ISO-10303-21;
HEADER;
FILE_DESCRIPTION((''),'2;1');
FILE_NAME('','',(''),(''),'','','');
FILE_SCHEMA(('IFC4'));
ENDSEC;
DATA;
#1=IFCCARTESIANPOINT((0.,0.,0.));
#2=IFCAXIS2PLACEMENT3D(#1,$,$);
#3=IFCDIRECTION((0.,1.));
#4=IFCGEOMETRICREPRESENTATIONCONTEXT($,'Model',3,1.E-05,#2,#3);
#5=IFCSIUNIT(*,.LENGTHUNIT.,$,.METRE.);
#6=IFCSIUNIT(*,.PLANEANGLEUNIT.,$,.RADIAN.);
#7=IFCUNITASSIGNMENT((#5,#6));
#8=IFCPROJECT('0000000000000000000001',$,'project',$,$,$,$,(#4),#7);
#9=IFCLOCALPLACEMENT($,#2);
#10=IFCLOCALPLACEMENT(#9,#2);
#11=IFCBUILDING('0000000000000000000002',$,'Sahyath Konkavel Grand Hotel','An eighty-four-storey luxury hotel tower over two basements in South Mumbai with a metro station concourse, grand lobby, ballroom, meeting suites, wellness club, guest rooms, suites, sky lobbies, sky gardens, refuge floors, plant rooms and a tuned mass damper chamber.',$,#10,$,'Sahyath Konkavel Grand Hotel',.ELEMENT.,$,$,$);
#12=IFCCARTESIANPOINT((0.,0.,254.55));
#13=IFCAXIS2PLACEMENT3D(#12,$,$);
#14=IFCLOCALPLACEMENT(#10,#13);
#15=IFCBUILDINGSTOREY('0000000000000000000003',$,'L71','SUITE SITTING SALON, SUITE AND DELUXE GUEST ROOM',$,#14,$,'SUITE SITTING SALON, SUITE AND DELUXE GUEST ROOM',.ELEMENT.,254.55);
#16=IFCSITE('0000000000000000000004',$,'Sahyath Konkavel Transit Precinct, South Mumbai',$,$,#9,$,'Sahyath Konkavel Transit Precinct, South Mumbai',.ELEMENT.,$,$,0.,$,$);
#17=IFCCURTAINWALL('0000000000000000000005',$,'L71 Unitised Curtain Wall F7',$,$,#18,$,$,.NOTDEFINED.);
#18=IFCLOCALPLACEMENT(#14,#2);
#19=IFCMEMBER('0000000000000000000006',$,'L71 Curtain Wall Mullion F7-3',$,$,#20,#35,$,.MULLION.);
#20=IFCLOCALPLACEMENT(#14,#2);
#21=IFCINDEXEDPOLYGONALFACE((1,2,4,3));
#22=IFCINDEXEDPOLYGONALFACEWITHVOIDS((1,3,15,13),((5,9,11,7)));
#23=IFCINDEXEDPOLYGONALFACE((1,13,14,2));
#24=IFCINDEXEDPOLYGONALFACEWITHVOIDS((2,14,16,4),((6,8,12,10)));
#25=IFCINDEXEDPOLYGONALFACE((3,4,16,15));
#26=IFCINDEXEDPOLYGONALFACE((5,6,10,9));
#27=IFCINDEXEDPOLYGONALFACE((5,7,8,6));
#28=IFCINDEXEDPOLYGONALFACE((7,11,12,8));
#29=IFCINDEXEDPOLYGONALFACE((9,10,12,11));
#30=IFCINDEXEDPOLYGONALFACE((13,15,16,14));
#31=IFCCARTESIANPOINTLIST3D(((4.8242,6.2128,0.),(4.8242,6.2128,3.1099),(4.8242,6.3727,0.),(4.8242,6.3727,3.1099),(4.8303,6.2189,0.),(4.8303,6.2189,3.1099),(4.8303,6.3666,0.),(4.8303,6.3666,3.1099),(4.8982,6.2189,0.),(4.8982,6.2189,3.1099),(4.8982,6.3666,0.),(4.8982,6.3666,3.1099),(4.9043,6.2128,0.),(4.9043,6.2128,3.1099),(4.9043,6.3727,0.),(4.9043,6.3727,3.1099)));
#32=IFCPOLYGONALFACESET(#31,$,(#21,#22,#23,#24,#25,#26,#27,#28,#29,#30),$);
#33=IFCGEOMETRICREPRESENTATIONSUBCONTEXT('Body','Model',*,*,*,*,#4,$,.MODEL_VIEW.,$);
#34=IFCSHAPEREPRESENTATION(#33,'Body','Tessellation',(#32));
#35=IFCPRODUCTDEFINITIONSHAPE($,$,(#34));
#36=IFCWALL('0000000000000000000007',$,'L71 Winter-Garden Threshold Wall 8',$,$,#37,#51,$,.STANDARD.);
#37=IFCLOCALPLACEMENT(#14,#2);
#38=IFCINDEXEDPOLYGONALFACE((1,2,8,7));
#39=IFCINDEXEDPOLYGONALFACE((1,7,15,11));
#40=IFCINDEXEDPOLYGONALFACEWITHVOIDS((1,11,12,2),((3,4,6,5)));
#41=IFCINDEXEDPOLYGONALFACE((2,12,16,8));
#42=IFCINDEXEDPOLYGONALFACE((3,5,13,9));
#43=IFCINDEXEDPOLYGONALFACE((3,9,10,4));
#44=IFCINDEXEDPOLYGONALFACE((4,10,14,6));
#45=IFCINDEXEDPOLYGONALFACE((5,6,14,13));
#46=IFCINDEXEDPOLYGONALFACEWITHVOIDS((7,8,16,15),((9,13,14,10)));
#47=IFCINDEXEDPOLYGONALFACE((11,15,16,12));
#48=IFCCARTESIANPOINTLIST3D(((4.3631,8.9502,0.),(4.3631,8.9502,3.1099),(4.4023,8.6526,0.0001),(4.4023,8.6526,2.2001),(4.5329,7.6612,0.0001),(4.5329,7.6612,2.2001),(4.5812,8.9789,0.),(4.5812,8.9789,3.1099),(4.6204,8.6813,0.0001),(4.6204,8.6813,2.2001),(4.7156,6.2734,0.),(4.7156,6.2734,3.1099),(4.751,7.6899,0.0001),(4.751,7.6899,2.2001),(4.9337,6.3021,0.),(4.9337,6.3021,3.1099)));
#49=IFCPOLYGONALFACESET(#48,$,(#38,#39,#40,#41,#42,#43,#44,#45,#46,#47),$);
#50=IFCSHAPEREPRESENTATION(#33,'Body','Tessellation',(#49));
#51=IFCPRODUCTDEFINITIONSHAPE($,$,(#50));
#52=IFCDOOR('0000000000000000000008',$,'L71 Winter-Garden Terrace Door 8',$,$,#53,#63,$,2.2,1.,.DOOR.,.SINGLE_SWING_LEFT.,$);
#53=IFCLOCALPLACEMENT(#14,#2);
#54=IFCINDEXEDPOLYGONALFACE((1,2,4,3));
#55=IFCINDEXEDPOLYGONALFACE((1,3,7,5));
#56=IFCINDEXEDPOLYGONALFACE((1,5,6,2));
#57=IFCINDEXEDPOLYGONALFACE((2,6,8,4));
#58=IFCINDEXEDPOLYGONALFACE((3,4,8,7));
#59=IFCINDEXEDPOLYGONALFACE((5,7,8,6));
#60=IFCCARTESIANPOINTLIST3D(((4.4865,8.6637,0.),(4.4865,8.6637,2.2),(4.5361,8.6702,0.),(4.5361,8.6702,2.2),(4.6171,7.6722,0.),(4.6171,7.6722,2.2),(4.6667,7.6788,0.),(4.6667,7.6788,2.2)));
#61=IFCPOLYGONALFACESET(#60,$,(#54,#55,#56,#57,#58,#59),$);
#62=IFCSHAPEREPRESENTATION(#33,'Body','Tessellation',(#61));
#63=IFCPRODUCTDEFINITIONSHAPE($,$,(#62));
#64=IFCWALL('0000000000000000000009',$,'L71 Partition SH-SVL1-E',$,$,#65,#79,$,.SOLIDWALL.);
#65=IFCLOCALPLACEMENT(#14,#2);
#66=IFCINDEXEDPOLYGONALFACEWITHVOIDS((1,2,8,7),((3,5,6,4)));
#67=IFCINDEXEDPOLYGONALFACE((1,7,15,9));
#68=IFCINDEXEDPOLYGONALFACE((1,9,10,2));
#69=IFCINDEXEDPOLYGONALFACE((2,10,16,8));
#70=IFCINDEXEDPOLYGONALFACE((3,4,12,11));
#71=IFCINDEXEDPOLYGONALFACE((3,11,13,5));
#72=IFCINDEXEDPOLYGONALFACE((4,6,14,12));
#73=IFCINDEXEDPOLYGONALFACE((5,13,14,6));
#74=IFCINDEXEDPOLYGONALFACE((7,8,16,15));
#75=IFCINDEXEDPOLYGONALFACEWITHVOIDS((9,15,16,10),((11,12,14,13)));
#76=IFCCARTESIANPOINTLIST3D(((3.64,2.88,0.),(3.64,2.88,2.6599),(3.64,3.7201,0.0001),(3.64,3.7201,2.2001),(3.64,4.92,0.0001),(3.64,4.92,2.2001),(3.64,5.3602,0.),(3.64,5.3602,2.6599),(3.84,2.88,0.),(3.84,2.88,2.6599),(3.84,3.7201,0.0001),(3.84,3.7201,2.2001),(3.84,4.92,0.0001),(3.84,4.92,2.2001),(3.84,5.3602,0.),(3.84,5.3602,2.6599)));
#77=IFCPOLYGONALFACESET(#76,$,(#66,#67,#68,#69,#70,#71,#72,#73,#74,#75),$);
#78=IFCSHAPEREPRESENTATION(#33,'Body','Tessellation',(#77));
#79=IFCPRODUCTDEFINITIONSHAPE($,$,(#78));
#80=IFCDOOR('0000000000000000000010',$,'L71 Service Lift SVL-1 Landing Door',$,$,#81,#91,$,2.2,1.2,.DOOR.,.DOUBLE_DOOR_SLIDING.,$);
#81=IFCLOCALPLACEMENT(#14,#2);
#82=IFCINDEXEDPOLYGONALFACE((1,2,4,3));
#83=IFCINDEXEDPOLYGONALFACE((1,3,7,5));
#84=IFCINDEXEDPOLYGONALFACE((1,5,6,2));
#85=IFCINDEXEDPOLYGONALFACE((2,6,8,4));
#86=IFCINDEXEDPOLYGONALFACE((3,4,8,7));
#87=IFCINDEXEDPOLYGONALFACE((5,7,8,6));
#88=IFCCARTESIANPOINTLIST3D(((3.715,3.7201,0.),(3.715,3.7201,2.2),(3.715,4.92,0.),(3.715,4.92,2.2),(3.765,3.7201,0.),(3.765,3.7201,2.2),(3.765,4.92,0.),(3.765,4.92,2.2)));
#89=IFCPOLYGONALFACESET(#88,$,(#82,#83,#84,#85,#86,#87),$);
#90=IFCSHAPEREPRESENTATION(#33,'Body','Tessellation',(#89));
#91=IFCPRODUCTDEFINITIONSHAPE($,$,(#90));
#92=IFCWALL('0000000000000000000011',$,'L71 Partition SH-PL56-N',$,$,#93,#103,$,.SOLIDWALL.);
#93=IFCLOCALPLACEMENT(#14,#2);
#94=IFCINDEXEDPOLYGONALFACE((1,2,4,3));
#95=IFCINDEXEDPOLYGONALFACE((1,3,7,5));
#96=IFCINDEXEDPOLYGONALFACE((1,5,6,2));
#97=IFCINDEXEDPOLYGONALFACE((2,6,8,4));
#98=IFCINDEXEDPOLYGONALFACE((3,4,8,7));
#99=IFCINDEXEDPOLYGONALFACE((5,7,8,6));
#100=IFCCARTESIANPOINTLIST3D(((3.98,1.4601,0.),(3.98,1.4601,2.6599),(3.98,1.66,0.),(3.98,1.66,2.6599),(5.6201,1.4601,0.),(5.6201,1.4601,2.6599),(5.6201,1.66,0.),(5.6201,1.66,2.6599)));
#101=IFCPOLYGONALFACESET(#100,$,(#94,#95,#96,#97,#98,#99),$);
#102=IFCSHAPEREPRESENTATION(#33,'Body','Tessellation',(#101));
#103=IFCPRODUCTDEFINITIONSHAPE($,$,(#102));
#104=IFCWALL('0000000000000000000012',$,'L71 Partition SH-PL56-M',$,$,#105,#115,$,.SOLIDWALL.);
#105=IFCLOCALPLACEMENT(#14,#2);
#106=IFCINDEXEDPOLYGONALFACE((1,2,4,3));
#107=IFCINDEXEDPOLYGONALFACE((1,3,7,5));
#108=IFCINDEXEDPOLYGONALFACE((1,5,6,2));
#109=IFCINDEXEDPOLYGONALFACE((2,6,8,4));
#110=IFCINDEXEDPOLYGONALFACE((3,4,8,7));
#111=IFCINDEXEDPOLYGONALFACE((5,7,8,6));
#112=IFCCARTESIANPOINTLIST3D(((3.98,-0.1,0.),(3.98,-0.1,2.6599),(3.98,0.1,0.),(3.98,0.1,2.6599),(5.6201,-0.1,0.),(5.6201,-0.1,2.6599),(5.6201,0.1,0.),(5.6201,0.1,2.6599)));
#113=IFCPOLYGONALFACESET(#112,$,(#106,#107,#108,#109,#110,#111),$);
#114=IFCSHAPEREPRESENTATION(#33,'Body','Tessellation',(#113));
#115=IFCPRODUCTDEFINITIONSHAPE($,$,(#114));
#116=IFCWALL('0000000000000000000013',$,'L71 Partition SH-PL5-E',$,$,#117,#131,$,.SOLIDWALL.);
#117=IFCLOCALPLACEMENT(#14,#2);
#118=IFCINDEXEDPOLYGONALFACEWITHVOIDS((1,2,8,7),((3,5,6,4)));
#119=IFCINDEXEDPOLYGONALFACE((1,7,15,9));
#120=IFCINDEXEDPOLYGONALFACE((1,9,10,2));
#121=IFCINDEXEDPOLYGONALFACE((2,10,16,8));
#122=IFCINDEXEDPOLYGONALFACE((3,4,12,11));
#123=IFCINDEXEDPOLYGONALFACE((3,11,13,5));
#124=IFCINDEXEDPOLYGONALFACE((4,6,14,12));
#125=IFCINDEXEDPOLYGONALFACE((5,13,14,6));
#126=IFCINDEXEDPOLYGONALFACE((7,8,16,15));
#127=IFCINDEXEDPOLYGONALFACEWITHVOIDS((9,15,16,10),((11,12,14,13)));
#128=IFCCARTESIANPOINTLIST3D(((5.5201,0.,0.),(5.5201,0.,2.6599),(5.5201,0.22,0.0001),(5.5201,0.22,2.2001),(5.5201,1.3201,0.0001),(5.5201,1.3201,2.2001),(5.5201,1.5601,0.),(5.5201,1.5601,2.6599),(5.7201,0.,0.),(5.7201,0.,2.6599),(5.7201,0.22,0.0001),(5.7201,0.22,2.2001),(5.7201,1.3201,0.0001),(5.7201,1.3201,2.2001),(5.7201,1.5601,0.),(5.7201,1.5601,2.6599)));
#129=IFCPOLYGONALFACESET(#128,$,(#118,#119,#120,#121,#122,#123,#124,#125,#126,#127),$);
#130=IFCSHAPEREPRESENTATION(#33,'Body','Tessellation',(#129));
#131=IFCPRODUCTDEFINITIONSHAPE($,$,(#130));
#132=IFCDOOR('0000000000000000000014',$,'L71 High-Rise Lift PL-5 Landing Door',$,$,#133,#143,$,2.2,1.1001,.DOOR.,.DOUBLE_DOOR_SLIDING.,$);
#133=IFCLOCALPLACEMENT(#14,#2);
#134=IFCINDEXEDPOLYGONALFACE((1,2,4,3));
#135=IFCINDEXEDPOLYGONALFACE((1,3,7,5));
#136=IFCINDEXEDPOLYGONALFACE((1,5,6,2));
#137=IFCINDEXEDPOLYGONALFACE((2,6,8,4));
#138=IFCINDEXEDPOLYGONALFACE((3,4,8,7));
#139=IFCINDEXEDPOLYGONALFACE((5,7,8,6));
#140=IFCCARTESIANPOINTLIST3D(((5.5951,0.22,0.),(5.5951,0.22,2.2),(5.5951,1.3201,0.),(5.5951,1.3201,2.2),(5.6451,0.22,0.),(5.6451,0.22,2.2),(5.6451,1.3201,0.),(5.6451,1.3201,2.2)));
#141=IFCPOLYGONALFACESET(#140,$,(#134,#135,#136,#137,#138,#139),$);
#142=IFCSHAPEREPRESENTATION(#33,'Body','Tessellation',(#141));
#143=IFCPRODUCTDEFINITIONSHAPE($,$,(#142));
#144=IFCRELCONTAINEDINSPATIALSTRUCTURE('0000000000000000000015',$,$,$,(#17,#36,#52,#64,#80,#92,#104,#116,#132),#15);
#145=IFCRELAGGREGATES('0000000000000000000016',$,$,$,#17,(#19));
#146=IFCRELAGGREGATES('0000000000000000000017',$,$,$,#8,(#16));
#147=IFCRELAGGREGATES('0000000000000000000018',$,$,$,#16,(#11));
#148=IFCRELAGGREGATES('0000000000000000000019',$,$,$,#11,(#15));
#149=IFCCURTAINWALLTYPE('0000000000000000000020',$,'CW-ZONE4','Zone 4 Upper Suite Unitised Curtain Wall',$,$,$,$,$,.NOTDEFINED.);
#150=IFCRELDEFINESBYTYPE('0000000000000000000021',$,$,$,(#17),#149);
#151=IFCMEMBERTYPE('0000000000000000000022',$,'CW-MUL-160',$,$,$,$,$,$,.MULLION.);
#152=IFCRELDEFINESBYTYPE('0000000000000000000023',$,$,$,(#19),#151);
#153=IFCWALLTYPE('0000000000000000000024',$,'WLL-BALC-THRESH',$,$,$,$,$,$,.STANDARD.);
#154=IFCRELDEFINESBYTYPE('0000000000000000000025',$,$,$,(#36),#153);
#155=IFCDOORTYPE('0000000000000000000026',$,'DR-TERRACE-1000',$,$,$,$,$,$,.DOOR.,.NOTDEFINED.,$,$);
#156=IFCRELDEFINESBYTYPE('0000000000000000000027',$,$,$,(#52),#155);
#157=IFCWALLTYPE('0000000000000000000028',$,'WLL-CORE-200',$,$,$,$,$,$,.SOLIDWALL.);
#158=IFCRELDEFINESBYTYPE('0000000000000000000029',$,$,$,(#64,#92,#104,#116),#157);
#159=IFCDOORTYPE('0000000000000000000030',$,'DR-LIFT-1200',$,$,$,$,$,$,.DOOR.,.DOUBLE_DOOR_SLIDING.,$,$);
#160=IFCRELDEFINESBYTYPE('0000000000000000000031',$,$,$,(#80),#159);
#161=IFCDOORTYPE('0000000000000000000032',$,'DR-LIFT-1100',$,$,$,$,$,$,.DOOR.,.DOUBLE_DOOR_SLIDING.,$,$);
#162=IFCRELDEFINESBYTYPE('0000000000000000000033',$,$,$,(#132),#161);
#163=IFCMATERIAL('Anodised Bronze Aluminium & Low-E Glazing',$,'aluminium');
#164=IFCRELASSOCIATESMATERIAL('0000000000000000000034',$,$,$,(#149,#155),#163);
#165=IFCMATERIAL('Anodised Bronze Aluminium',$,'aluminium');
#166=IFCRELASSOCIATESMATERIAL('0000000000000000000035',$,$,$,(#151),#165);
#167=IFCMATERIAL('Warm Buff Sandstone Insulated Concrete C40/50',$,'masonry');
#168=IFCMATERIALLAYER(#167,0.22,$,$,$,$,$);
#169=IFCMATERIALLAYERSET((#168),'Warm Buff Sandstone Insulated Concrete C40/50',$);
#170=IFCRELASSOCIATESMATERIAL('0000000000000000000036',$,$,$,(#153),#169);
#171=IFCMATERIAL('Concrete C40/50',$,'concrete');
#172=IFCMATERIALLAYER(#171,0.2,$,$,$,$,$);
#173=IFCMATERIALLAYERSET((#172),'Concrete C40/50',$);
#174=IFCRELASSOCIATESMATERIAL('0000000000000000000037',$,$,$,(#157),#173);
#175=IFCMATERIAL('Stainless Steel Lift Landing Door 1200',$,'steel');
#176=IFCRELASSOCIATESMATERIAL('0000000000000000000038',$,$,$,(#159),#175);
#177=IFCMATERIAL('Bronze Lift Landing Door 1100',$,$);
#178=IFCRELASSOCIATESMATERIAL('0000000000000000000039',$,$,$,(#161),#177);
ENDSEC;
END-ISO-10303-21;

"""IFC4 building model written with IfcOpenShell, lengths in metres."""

from ifc_helpers import new_model, si_unit, direction, frame, frame_2d, origin, origin_2d, place, context, subcontext, project, spatial, rectangle, hollow_rectangle, extrude, source, transform, mapped, material, layer, layer_set, material_profile, profile_set, type_object, element, fill, aggregate, save


model = new_model("IFC4")

# Units and contexts
model_context = context("Model", 3, precision=1e-05, world=origin(), true_north=direction((0.0, 1.0)))
body_context = subcontext(model_context, "Body", "Model", "MODEL_VIEW")
ifc_project = project(units=[si_unit("LENGTHUNIT", "METRE"), si_unit("PLANEANGLEUNIT", "RADIAN")], contexts=[model_context])

# Site, building, storey
site_placement = place(None, origin())
site = spatial("IfcSite", under=ifc_project, at=site_placement, Name="Sahyath Konkavel Transit Precinct, South Mumbai", LongName="Sahyath Konkavel Transit Precinct, South Mumbai", CompositionType="ELEMENT", RefElevation=0.0)
building_placement = place(site_placement, origin())
building = spatial("IfcBuilding", under=site, at=building_placement, Name="Sahyath Konkavel Grand Hotel", Description="An eighty-four-storey luxury hotel tower over two basements in South Mumbai with a metro station concourse, grand lobby, ballroom, meeting suites, wellness club, guest rooms, suites, sky lobbies, sky gardens, refuge floors, plant rooms and a tuned mass damper chamber.", LongName="Sahyath Konkavel Grand Hotel", CompositionType="ELEMENT")
storey_placement = place(building_placement, frame((0.0, 0.0, 254.55)))
storey = spatial("IfcBuildingStorey", under=building, at=storey_placement, Name="L71", Description="SUITE SITTING SALON, SUITE AND DELUXE GUEST ROOM", LongName="SUITE SITTING SALON, SUITE AND DELUXE GUEST ROOM", CompositionType="ELEMENT", Elevation=254.55)

# Shared definitions
ifc_material_1 = material(Name="Concrete C40/50", Category="concrete")

# Curtain wall, member
ifc_material_2 = material(Name="Anodised Bronze Aluminium & Low-E Glazing", Category="aluminium")
curtain_wall_type = type_object("IfcCurtainWallType", Name="CW-ZONE4", Description="Zone 4 Upper Suite Unitised Curtain Wall", PredefinedType="NOTDEFINED", material=ifc_material_2)
curtain_wall_placement = place(storey_placement, origin())
curtain_wall = element("IfcCurtainWall", 1, at=curtain_wall_placement, inside=storey, type_object=curtain_wall_type, Name="L71 Unitised Curtain Wall F7", PredefinedType="NOTDEFINED")
ifc_material_3 = material(Name="Anodised Bronze Aluminium", Category="aluminium")
ifc_material_profile_1 = material_profile(ifc_material_3, hollow_rectangle(XDim=0.0801, YDim=0.1599, WallThickness=0.0061, at=origin_2d()), Name="RHS 160x80x6")
ifc_profile_set_1 = profile_set([ifc_material_profile_1], Name="Anodised Bronze Aluminium")
member_type = type_object("IfcMemberType", Name="CW-MUL-160", PredefinedType="MULLION", material=ifc_profile_set_1)
shared_shape_1 = source(origin(), body_context, "Body", "SweptSolid", [
    extrude(hollow_rectangle(XDim=0.0801, YDim=0.1599, WallThickness=0.0061, at=origin_2d()), origin(), (0.0, 0.0, 1.0), 3.1099),
])
member_placement = place(storey_placement, frame((4.8643, 6.2927, 0.0), z_axis=(0.0, 0.0, 1.0), x_axis=(1.0, 0.0, 0.0)))
member = element("IfcMember", 2, at=member_placement, type_object=member_type, Name="L71 Curtain Wall Mullion F7-3", PredefinedType="MULLION", context=body_context, shape_type="MappedRepresentation", body=[
    mapped(shared_shape_1, transform((0.0, 0.0, 0.0), scale=1.0)),
])
aggregate(curtain_wall, [member])

# Walls, openings, doors
ifc_material_4 = material(Name="Warm Buff Sandstone Insulated Concrete C40/50", Category="masonry")
ifc_layer_1 = layer(ifc_material_4, 0.22)
ifc_layer_set_1 = layer_set([ifc_layer_1], Name="Warm Buff Sandstone Insulated Concrete C40/50")
wall_type_1 = type_object("IfcWallType", Name="WLL-BALC-THRESH", PredefinedType="STANDARD", material=ifc_layer_set_1)
wall_1_placement = place(storey_placement, frame((4.8247, 6.2876, 0.0), z_axis=(0.0, 0.0, 1.0), x_axis=(-0.130576, 0.991438, 0.0)))
wall_1 = element("IfcWall", 3, at=wall_1_placement, inside=storey, type_object=wall_type_1, Name="L71 Winter-Garden Threshold Wall 8", PredefinedType="STANDARD", context=body_context, shape_type="SweptSolid", body=[
    extrude(rectangle(XDim=2.7, YDim=0.22, at=frame_2d((1.3501, 0.0))), origin(), (0.0, 0.0, 1.0), 3.1099),
])
opening_1_placement = place(wall_1_placement, frame((1.3999, 0.0, 0.0)))
opening_1 = element("IfcOpeningElement", 4, at=opening_1_placement, cuts=wall_1, PredefinedType="OPENING", context=body_context, shape_type="SweptSolid", body=[
    extrude(rectangle(XDim=1.0, YDim=2.2, at=frame_2d((0.5, 1.1001))), frame((0.0, 0.1201, 0.0), z_axis=(0.0, -1.0, 0.0), x_axis=(1.0, 0.0, 0.0)), (0.0, 0.0, 1.0), 0.24),
])
door_type_1 = type_object("IfcDoorType", Name="DR-TERRACE-1000", OperationType="NOTDEFINED", PredefinedType="DOOR", material=ifc_material_2)
shared_shape_2 = source(origin(), body_context, "Body", "SweptSolid", [
    extrude(rectangle(XDim=1.0, YDim=0.05, at=origin_2d()), origin(), (0.0, 0.0, 1.0), 2.2),
])
door_1_placement = place(opening_1_placement, frame((0.5, 0.0, 0.0)))
door_1 = element("IfcDoor", 5, at=door_1_placement, inside=storey, type_object=door_type_1, Name="L71 Winter-Garden Terrace Door 8", OperationType="SINGLE_SWING_LEFT", OverallHeight=2.2, OverallWidth=1.0, PredefinedType="DOOR", context=body_context, shape_type="MappedRepresentation", body=[
    mapped(shared_shape_2, transform((0.0, 0.0, 0.0), scale=1.0)),
])
fill(opening_1, door_1)
ifc_layer_2 = layer(ifc_material_1, 0.2)
ifc_layer_set_2 = layer_set([ifc_layer_2], Name="Concrete C40/50")
wall_type_2 = type_object("IfcWallType", Name="WLL-CORE-200", PredefinedType="SOLIDWALL", material=ifc_layer_set_2)
wall_2_placement = place(storey_placement, frame((3.74, 2.8799, 0.0), z_axis=(0.0, 0.0, 1.0), x_axis=(0.0, 1.0, 0.0)))
wall_2 = element("IfcWall", 6, at=wall_2_placement, inside=storey, type_object=wall_type_2, Name="L71 Partition SH-SVL1-E", PredefinedType="SOLIDWALL", context=body_context, shape_type="SweptSolid", body=[
    extrude(rectangle(XDim=2.4802, YDim=0.2, at=frame_2d((1.2402, 0.0))), origin(), (0.0, 0.0, 1.0), 2.6599),
])
opening_2_placement = place(wall_2_placement, frame((0.8401, 0.0, 0.0)))
opening_2 = element("IfcOpeningElement", 7, at=opening_2_placement, cuts=wall_2, PredefinedType="OPENING", context=body_context, shape_type="SweptSolid", body=[
    extrude(rectangle(XDim=1.2, YDim=2.2, at=frame_2d((0.6001, 1.1001))), frame((0.0, 0.1099, 0.0), z_axis=(0.0, -1.0, 0.0), x_axis=(1.0, 0.0, 0.0)), (0.0, 0.0, 1.0), 0.22),
])
ifc_material_5 = material(Name="Stainless Steel Lift Landing Door 1200", Category="steel")
door_type_2 = type_object("IfcDoorType", Name="DR-LIFT-1200", OperationType="DOUBLE_DOOR_SLIDING", PredefinedType="DOOR", material=ifc_material_5)
shared_shape_3 = source(origin(), body_context, "Body", "SweptSolid", [
    extrude(rectangle(XDim=1.2, YDim=0.05, at=origin_2d()), origin(), (0.0, 0.0, 1.0), 2.2),
])
door_2_placement = place(opening_2_placement, frame((0.6001, 0.0, 0.0)))
door_2 = element("IfcDoor", 8, at=door_2_placement, inside=storey, type_object=door_type_2, Name="L71 Service Lift SVL-1 Landing Door", OperationType="DOUBLE_DOOR_SLIDING", OverallHeight=2.2, OverallWidth=1.2, PredefinedType="DOOR", context=body_context, shape_type="MappedRepresentation", body=[
    mapped(shared_shape_3, transform((0.0, 0.0, 0.0), scale=1.0)),
])
fill(opening_2, door_2)

# Walls
for number, where, z_axis, x_axis, name in (
    (9, (3.98, 1.5601, 0.0), (0.0, 0.0, 1.0), (1.0, 0.0, 0.0), "L71 Partition SH-PL56-N"),
    (10, (3.98, 0.0, 0.0), (0.0, 0.0, 1.0), (1.0, 0.0, 0.0), "L71 Partition SH-PL56-M"),
):
    element("IfcWall", number, at=place(storey_placement, frame(where, z_axis=z_axis, x_axis=x_axis)), inside=storey, type_object=wall_type_2, Name=name, PredefinedType="SOLIDWALL", context=body_context, shape_type="SweptSolid", body=[
        extrude(rectangle(XDim=1.6401, YDim=0.2, at=frame_2d((0.8201, 0.0))), origin(), (0.0, 0.0, 1.0), 2.6599),
    ])

# Wall, opening, door
wall_3_placement = place(storey_placement, frame((5.6201, 0.0, 0.0), z_axis=(0.0, 0.0, 1.0), x_axis=(0.0, 1.0, 0.0)))
wall_3 = element("IfcWall", 11, at=wall_3_placement, inside=storey, type_object=wall_type_2, Name="L71 Partition SH-PL5-E", PredefinedType="SOLIDWALL", context=body_context, shape_type="SweptSolid", body=[
    extrude(rectangle(XDim=1.5601, YDim=0.2, at=frame_2d((0.78, 0.0))), origin(), (0.0, 0.0, 1.0), 2.6599),
])
opening_3_placement = place(wall_3_placement, frame((0.22, 0.0, 0.0)))
opening_3 = element("IfcOpeningElement", 12, at=opening_3_placement, cuts=wall_3, PredefinedType="OPENING", context=body_context, shape_type="SweptSolid", body=[
    extrude(rectangle(XDim=1.1001, YDim=2.2, at=frame_2d((0.55, 1.1001))), frame((0.0, 0.1099, 0.0), z_axis=(0.0, -1.0, 0.0), x_axis=(1.0, 0.0, 0.0)), (0.0, 0.0, 1.0), 0.22),
])
ifc_material_6 = material(Name="Bronze Lift Landing Door 1100")
door_type_3 = type_object("IfcDoorType", Name="DR-LIFT-1100", OperationType="DOUBLE_DOOR_SLIDING", PredefinedType="DOOR", material=ifc_material_6)
shared_shape_4 = source(origin(), body_context, "Body", "SweptSolid", [
    extrude(rectangle(XDim=1.1001, YDim=0.05, at=origin_2d()), origin(), (0.0, 0.0, 1.0), 2.2),
])
door_3_placement = place(opening_3_placement, frame((0.55, 0.0, 0.0)))
door_3 = element("IfcDoor", 13, at=door_3_placement, inside=storey, type_object=door_type_3, Name="L71 High-Rise Lift PL-5 Landing Door", OperationType="DOUBLE_DOOR_SLIDING", OverallHeight=2.2, OverallWidth=1.1001, PredefinedType="DOOR", context=body_context, shape_type="MappedRepresentation", body=[
    mapped(shared_shape_4, transform((0.0, 0.0, 0.0), scale=1.0)),
])
fill(opening_3, door_3)

save(model, "model.ifc")
